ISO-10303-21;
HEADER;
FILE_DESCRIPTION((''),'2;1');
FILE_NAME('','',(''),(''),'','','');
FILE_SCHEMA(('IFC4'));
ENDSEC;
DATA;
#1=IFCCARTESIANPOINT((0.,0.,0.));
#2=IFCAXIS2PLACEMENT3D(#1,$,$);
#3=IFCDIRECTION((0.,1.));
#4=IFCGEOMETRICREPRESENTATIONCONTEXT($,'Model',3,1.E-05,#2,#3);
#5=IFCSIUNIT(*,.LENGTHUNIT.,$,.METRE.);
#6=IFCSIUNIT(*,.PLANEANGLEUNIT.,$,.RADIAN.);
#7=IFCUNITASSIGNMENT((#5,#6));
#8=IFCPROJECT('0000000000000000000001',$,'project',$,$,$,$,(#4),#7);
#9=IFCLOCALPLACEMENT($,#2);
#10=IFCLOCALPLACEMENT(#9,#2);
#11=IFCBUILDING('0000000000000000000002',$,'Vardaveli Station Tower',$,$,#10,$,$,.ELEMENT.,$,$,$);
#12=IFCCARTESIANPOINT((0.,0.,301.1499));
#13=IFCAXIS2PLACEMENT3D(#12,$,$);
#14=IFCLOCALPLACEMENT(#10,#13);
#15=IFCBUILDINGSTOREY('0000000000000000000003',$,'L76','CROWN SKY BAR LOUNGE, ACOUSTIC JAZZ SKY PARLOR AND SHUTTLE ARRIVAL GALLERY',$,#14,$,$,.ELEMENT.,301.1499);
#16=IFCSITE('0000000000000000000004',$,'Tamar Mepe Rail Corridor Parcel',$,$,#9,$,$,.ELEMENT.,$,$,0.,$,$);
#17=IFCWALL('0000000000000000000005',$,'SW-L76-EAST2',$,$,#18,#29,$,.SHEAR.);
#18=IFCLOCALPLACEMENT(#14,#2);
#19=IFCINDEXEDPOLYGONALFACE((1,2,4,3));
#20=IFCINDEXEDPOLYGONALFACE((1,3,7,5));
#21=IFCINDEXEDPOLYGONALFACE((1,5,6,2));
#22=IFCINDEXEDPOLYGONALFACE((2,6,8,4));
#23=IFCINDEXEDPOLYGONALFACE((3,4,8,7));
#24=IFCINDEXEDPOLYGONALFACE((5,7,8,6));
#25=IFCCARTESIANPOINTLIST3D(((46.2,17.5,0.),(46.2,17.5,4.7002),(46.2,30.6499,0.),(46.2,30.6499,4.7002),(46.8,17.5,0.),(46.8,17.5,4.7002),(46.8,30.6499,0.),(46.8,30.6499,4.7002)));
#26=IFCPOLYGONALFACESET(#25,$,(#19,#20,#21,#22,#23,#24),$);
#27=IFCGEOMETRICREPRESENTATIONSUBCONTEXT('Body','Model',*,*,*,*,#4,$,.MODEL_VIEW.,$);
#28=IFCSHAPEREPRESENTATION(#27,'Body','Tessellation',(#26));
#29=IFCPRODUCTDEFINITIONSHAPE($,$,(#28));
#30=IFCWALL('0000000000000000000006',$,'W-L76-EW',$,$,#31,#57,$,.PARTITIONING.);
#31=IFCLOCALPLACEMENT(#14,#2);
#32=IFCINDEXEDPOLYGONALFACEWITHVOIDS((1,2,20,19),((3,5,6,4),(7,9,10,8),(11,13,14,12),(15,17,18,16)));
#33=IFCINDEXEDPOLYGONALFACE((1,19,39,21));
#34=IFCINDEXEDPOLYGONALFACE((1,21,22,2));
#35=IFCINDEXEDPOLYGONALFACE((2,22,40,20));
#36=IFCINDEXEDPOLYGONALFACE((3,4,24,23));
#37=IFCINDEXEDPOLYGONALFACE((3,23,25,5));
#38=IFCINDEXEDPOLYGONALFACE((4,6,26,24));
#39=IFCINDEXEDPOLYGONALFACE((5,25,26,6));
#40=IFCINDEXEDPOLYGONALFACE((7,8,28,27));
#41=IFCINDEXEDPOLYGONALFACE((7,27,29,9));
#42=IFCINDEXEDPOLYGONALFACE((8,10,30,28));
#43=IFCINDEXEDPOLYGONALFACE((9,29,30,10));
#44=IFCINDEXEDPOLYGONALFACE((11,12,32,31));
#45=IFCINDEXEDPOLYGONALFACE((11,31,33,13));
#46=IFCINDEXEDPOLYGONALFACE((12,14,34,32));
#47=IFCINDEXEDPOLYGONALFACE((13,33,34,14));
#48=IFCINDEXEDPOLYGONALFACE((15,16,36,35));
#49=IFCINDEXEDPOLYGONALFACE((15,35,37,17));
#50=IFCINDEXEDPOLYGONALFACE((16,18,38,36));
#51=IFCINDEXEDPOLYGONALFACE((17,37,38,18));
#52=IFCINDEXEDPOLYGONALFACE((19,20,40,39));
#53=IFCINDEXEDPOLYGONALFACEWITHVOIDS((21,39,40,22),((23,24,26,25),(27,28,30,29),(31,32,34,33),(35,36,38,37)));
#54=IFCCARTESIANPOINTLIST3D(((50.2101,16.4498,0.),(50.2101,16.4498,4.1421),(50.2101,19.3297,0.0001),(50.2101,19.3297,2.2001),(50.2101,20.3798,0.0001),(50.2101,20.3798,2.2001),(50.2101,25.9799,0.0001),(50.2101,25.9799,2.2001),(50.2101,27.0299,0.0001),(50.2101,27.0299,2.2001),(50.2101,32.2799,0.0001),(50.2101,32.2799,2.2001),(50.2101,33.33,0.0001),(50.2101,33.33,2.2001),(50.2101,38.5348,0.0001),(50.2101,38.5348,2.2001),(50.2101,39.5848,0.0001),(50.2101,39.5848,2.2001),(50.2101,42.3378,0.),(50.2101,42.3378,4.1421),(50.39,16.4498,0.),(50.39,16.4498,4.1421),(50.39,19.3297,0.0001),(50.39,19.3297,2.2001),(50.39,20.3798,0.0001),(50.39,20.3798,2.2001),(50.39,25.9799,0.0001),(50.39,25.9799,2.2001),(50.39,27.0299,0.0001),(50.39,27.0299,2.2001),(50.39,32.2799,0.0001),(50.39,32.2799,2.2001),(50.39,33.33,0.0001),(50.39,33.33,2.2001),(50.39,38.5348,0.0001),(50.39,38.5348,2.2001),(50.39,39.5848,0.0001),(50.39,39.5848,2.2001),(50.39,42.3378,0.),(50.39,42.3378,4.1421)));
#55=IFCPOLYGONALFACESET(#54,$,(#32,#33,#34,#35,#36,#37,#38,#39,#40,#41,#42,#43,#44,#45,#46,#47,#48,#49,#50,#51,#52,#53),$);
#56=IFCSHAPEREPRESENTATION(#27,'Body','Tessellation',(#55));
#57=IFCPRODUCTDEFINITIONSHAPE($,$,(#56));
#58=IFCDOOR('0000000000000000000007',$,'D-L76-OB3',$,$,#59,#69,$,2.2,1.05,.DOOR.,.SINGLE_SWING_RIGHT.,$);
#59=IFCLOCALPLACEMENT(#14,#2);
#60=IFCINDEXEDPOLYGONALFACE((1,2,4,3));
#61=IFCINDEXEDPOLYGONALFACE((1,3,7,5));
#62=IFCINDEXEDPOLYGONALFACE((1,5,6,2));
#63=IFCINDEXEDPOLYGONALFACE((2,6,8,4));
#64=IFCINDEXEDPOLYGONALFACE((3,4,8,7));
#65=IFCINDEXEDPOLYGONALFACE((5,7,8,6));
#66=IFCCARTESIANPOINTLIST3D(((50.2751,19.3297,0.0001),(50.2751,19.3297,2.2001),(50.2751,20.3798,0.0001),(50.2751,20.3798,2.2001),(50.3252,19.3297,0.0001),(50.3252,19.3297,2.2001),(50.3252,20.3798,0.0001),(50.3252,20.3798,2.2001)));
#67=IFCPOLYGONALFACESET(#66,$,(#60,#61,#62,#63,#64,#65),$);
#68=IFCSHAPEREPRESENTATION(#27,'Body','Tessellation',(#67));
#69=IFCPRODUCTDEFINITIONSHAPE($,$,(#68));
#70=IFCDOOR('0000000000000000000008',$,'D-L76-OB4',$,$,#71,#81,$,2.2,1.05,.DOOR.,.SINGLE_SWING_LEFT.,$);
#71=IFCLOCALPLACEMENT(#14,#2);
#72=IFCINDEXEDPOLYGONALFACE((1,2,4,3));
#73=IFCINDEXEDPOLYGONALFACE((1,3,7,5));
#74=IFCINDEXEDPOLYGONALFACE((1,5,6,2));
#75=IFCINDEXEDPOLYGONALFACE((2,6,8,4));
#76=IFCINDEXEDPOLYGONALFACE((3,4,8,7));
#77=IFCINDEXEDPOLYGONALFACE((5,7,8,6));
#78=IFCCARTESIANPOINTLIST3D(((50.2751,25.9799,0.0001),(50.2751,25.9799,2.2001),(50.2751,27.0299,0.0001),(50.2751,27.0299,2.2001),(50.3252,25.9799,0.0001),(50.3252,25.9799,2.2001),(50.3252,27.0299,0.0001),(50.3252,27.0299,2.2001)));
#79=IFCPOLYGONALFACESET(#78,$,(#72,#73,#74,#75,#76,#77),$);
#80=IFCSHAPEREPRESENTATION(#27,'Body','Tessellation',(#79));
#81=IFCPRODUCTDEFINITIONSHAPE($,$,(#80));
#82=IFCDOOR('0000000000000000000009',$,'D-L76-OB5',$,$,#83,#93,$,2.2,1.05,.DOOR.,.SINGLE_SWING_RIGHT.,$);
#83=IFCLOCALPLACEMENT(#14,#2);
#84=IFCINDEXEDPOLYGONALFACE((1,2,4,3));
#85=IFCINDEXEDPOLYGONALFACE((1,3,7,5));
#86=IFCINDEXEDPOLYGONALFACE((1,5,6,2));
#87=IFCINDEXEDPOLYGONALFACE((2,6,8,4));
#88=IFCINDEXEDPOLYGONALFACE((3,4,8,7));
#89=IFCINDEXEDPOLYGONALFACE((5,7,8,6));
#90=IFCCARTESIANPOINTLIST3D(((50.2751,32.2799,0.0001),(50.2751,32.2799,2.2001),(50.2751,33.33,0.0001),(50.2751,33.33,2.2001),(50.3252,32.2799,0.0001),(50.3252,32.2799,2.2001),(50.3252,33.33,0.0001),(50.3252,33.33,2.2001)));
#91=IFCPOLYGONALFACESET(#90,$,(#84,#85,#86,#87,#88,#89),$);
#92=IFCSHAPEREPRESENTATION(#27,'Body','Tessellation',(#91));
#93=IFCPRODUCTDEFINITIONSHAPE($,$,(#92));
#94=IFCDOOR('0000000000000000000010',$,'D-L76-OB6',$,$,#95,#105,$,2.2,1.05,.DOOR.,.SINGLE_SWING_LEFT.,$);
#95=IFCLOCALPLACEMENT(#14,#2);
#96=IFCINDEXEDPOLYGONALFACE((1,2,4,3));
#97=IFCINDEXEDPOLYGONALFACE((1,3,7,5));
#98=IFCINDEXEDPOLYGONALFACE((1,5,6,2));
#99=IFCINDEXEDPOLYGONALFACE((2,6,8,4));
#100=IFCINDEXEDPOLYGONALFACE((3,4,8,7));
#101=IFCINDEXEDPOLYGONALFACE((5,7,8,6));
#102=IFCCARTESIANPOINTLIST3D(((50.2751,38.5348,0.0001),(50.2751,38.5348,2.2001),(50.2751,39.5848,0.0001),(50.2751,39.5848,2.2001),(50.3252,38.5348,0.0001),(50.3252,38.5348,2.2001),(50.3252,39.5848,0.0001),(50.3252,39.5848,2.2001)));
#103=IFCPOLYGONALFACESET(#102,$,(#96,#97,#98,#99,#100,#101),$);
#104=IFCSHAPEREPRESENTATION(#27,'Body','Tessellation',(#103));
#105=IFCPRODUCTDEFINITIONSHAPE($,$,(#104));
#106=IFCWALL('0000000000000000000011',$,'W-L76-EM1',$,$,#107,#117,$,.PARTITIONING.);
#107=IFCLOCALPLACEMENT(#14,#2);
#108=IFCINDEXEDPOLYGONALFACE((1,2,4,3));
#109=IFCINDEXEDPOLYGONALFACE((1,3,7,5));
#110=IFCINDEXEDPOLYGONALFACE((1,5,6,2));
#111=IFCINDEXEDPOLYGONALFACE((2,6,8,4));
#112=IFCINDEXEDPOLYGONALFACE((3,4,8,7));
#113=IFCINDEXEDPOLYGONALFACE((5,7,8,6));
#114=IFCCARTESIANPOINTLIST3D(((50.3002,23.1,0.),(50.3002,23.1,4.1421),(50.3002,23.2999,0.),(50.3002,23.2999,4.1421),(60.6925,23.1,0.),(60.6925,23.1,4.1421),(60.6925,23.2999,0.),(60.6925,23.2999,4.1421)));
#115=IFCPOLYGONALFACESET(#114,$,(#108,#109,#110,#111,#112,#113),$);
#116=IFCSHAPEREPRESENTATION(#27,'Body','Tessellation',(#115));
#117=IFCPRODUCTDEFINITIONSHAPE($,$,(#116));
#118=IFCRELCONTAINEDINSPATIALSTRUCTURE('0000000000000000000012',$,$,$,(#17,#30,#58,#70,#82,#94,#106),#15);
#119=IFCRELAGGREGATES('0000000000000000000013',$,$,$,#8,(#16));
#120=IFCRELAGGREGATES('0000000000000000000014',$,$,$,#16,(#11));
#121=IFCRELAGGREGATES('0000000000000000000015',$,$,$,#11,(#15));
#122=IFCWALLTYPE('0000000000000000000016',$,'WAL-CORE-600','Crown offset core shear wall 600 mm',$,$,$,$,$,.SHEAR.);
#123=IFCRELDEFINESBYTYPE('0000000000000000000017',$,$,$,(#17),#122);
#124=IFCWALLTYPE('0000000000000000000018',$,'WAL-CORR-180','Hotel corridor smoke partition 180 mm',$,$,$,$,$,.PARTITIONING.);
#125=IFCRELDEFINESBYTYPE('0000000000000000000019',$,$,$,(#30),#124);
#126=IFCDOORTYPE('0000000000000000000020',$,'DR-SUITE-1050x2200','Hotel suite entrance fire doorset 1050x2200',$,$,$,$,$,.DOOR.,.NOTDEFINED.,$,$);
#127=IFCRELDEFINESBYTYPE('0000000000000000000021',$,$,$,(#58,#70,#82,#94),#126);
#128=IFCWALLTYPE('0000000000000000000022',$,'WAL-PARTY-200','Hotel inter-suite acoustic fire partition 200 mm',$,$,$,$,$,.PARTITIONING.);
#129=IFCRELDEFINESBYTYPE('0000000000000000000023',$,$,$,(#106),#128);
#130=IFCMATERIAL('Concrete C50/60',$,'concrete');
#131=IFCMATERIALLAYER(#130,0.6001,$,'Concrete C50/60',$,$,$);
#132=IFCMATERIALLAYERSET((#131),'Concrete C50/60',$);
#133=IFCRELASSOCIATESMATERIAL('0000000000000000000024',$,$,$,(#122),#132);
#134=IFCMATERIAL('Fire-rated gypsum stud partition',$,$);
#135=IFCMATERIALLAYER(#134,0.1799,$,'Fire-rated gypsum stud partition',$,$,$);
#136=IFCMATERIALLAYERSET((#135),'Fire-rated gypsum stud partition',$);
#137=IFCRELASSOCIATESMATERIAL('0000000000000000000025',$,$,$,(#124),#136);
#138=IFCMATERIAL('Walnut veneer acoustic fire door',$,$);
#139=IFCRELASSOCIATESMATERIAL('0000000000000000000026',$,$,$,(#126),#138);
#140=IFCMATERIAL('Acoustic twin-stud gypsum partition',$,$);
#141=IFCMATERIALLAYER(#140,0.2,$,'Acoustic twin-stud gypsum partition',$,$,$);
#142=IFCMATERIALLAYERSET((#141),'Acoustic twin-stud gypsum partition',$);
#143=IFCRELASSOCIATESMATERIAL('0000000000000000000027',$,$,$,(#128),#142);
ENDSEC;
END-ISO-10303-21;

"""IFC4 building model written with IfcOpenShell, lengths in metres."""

from ifc_helpers import new_model, si_unit, direction, frame, frame_2d, origin, place, context, subcontext, project, spatial, rectangle, extrude, source, transform, mapped, material, layer, layer_set, type_object, element, fill, save


model = new_model("IFC4")

# Units and contexts
model_context = context("Model", 3, precision=1e-05, world=origin(), true_north=direction((0.0, 1.0)))
body_context = subcontext(model_context, "Body", "Model", "MODEL_VIEW")
ifc_project = project(units=[si_unit("LENGTHUNIT", "METRE"), si_unit("PLANEANGLEUNIT", "RADIAN")], contexts=[model_context])

# Site, building, storey
site_placement = place(None, origin())
site = spatial("IfcSite", under=ifc_project, at=site_placement, Name="Tamar Mepe Rail Corridor Parcel", CompositionType="ELEMENT", RefElevation=0.0)
building_placement = place(site_placement, origin())
building = spatial("IfcBuilding", under=site, at=building_placement, Name="Vardaveli Station Tower", CompositionType="ELEMENT")
storey_placement = place(building_placement, frame((0.0, 0.0, 301.1499)))
storey = spatial("IfcBuildingStorey", under=building, at=storey_placement, Name="L76", Description="CROWN SKY BAR LOUNGE, ACOUSTIC JAZZ SKY PARLOR AND SHUTTLE ARRIVAL GALLERY", CompositionType="ELEMENT", Elevation=301.1499)

# Wall
ifc_material_1 = material(Name="Concrete C50/60", Category="concrete")
ifc_layer_1 = layer(ifc_material_1, 0.6001, Name="Concrete C50/60")
ifc_layer_set_1 = layer_set([ifc_layer_1], Name="Concrete C50/60")
wall_type_1 = type_object("IfcWallType", Name="WAL-CORE-600", Description="Crown offset core shear wall 600 mm", PredefinedType="SHEAR", material=ifc_layer_set_1)
shared_shape_1 = source(origin(), body_context, "Body", "SweptSolid", [
    extrude(rectangle(XDim=13.1499, YDim=0.6001, at=frame_2d((6.575, 0.0))), origin(), (0.0, 0.0, 1.0), 4.7002),
])
wall_1_placement = place(storey_placement, frame((46.5, 17.5, 0.0), z_axis=(0.0, 0.0, 1.0), x_axis=(0.0, 1.0, 0.0)))
element("IfcWall", 1, at=wall_1_placement, inside=storey, type_object=wall_type_1, Name="SW-L76-EAST2", PredefinedType="SHEAR", context=body_context, shape_type="MappedRepresentation", body=[
    mapped(shared_shape_1, transform((0.0, 0.0, 0.0), scale=1.0)),
])

# Wall, openings, doors
ifc_material_2 = material(Name="Fire-rated gypsum stud partition")
ifc_layer_2 = layer(ifc_material_2, 0.1799, Name="Fire-rated gypsum stud partition")
ifc_layer_set_2 = layer_set([ifc_layer_2], Name="Fire-rated gypsum stud partition")
wall_type_2 = type_object("IfcWallType", Name="WAL-CORR-180", Description="Hotel corridor smoke partition 180 mm", PredefinedType="PARTITIONING", material=ifc_layer_set_2)
shared_shape_2 = source(origin(), body_context, "Body", "SweptSolid", [
    extrude(rectangle(XDim=25.8879, YDim=0.1799, at=frame_2d((12.9438, 0.0))), origin(), (0.0, 0.0, 1.0), 4.1421),
])
wall_2_placement = place(storey_placement, frame((50.3, 16.45, 0.0), z_axis=(0.0, 0.0, 1.0), x_axis=(0.0, 1.0, 0.0)))
wall_2 = element("IfcWall", 2, at=wall_2_placement, inside=storey, type_object=wall_type_2, Name="W-L76-EW", PredefinedType="PARTITIONING", context=body_context, shape_type="MappedRepresentation", body=[
    mapped(shared_shape_2, transform((0.0, 0.0, 0.0), scale=1.0)),
])
shared_shape_3 = source(origin(), body_context, "Body", "SweptSolid", [
    extrude(rectangle(XDim=1.05, YDim=2.2, at=frame_2d((0.5249, 1.1001))), frame((0.0, 0.1001, 0.0), z_axis=(0.0, -1.0, 0.0), x_axis=(1.0, 0.0, 0.0)), (0.0, 0.0, 1.0), 0.2),
])
opening_1_placement = place(wall_2_placement, frame((2.8799, 0.0, 0.0)))
opening_1 = element("IfcOpeningElement", 3, at=opening_1_placement, cuts=wall_2, PredefinedType="OPENING", context=body_context, shape_type="MappedRepresentation", body=[
    mapped(shared_shape_3, transform((0.0, 0.0, 0.0), scale=1.0)),
])
opening_2_placement = place(wall_2_placement, frame((9.53, 0.0, 0.0)))
opening_2 = element("IfcOpeningElement", 4, at=opening_2_placement, cuts=wall_2, PredefinedType="OPENING", context=body_context, shape_type="MappedRepresentation", body=[
    mapped(shared_shape_3, transform((0.0, 0.0, 0.0), scale=1.0)),
])
opening_3_placement = place(wall_2_placement, frame((15.8301, 0.0, 0.0)))
opening_3 = element("IfcOpeningElement", 5, at=opening_3_placement, cuts=wall_2, PredefinedType="OPENING", context=body_context, shape_type="MappedRepresentation", body=[
    mapped(shared_shape_3, transform((0.0, 0.0, 0.0), scale=1.0)),
])
opening_4_placement = place(wall_2_placement, frame((22.085, 0.0, 0.0)))
opening_4 = element("IfcOpeningElement", 6, at=opening_4_placement, cuts=wall_2, PredefinedType="OPENING", context=body_context, shape_type="MappedRepresentation", body=[
    mapped(shared_shape_3, transform((0.0, 0.0, 0.0), scale=1.0)),
])
ifc_material_3 = material(Name="Walnut veneer acoustic fire door")
door_type = type_object("IfcDoorType", Name="DR-SUITE-1050x2200", Description="Hotel suite entrance fire doorset 1050x2200", OperationType="NOTDEFINED", PredefinedType="DOOR", material=ifc_material_3)
shared_shape_4 = source(origin(), body_context, "Body", "SweptSolid", [
    extrude(rectangle(XDim=1.05, YDim=2.2, at=frame_2d((0.5249, 1.1001))), frame((0.0, 0.0249, 0.0), z_axis=(0.0, -1.0, 0.0), x_axis=(1.0, 0.0, 0.0)), (0.0, 0.0, 1.0), 0.05),
])
door_1_placement = place(opening_1_placement, origin())
door_1 = element("IfcDoor", 7, at=door_1_placement, inside=storey, type_object=door_type, Name="D-L76-OB3", OperationType="SINGLE_SWING_RIGHT", OverallHeight=2.2, OverallWidth=1.05, PredefinedType="DOOR", context=body_context, shape_type="MappedRepresentation", body=[
    mapped(shared_shape_4, transform((0.0, 0.0, 0.0), scale=1.0)),
])
fill(opening_1, door_1)
door_2_placement = place(opening_2_placement, origin())
door_2 = element("IfcDoor", 8, at=door_2_placement, inside=storey, type_object=door_type, Name="D-L76-OB4", OperationType="SINGLE_SWING_LEFT", OverallHeight=2.2, OverallWidth=1.05, PredefinedType="DOOR", context=body_context, shape_type="MappedRepresentation", body=[
    mapped(shared_shape_4, transform((0.0, 0.0, 0.0), scale=1.0)),
])
fill(opening_2, door_2)
door_3_placement = place(opening_3_placement, origin())
door_3 = element("IfcDoor", 9, at=door_3_placement, inside=storey, type_object=door_type, Name="D-L76-OB5", OperationType="SINGLE_SWING_RIGHT", OverallHeight=2.2, OverallWidth=1.05, PredefinedType="DOOR", context=body_context, shape_type="MappedRepresentation", body=[
    mapped(shared_shape_4, transform((0.0, 0.0, 0.0), scale=1.0)),
])
fill(opening_3, door_3)
door_4_placement = place(opening_4_placement, origin())
door_4 = element("IfcDoor", 10, at=door_4_placement, inside=storey, type_object=door_type, Name="D-L76-OB6", OperationType="SINGLE_SWING_LEFT", OverallHeight=2.2, OverallWidth=1.05, PredefinedType="DOOR", context=body_context, shape_type="MappedRepresentation", body=[
    mapped(shared_shape_4, transform((0.0, 0.0, 0.0), scale=1.0)),
])
fill(opening_4, door_4)

# Wall
ifc_material_4 = material(Name="Acoustic twin-stud gypsum partition")
ifc_layer_3 = layer(ifc_material_4, 0.2, Name="Acoustic twin-stud gypsum partition")
ifc_layer_set_3 = layer_set([ifc_layer_3], Name="Acoustic twin-stud gypsum partition")
wall_type_3 = type_object("IfcWallType", Name="WAL-PARTY-200", Description="Hotel inter-suite acoustic fire partition 200 mm", PredefinedType="PARTITIONING", material=ifc_layer_set_3)
shared_shape_5 = source(origin(), body_context, "Body", "SweptSolid", [
    extrude(rectangle(XDim=10.3923, YDim=0.2, at=frame_2d((5.1963, 0.0))), origin(), (0.0, 0.0, 1.0), 4.1421),
])
wall_3_placement = place(storey_placement, frame((50.3, 23.2, 0.0), z_axis=(0.0, 0.0, 1.0), x_axis=(1.0, 0.0, 0.0)))
element("IfcWall", 11, at=wall_3_placement, inside=storey, type_object=wall_type_3, Name="W-L76-EM1", PredefinedType="PARTITIONING", context=body_context, shape_type="MappedRepresentation", body=[
    mapped(shared_shape_5, transform((0.0, 0.0, 0.0), scale=1.0)),
])

save(model, "model.ifc")
